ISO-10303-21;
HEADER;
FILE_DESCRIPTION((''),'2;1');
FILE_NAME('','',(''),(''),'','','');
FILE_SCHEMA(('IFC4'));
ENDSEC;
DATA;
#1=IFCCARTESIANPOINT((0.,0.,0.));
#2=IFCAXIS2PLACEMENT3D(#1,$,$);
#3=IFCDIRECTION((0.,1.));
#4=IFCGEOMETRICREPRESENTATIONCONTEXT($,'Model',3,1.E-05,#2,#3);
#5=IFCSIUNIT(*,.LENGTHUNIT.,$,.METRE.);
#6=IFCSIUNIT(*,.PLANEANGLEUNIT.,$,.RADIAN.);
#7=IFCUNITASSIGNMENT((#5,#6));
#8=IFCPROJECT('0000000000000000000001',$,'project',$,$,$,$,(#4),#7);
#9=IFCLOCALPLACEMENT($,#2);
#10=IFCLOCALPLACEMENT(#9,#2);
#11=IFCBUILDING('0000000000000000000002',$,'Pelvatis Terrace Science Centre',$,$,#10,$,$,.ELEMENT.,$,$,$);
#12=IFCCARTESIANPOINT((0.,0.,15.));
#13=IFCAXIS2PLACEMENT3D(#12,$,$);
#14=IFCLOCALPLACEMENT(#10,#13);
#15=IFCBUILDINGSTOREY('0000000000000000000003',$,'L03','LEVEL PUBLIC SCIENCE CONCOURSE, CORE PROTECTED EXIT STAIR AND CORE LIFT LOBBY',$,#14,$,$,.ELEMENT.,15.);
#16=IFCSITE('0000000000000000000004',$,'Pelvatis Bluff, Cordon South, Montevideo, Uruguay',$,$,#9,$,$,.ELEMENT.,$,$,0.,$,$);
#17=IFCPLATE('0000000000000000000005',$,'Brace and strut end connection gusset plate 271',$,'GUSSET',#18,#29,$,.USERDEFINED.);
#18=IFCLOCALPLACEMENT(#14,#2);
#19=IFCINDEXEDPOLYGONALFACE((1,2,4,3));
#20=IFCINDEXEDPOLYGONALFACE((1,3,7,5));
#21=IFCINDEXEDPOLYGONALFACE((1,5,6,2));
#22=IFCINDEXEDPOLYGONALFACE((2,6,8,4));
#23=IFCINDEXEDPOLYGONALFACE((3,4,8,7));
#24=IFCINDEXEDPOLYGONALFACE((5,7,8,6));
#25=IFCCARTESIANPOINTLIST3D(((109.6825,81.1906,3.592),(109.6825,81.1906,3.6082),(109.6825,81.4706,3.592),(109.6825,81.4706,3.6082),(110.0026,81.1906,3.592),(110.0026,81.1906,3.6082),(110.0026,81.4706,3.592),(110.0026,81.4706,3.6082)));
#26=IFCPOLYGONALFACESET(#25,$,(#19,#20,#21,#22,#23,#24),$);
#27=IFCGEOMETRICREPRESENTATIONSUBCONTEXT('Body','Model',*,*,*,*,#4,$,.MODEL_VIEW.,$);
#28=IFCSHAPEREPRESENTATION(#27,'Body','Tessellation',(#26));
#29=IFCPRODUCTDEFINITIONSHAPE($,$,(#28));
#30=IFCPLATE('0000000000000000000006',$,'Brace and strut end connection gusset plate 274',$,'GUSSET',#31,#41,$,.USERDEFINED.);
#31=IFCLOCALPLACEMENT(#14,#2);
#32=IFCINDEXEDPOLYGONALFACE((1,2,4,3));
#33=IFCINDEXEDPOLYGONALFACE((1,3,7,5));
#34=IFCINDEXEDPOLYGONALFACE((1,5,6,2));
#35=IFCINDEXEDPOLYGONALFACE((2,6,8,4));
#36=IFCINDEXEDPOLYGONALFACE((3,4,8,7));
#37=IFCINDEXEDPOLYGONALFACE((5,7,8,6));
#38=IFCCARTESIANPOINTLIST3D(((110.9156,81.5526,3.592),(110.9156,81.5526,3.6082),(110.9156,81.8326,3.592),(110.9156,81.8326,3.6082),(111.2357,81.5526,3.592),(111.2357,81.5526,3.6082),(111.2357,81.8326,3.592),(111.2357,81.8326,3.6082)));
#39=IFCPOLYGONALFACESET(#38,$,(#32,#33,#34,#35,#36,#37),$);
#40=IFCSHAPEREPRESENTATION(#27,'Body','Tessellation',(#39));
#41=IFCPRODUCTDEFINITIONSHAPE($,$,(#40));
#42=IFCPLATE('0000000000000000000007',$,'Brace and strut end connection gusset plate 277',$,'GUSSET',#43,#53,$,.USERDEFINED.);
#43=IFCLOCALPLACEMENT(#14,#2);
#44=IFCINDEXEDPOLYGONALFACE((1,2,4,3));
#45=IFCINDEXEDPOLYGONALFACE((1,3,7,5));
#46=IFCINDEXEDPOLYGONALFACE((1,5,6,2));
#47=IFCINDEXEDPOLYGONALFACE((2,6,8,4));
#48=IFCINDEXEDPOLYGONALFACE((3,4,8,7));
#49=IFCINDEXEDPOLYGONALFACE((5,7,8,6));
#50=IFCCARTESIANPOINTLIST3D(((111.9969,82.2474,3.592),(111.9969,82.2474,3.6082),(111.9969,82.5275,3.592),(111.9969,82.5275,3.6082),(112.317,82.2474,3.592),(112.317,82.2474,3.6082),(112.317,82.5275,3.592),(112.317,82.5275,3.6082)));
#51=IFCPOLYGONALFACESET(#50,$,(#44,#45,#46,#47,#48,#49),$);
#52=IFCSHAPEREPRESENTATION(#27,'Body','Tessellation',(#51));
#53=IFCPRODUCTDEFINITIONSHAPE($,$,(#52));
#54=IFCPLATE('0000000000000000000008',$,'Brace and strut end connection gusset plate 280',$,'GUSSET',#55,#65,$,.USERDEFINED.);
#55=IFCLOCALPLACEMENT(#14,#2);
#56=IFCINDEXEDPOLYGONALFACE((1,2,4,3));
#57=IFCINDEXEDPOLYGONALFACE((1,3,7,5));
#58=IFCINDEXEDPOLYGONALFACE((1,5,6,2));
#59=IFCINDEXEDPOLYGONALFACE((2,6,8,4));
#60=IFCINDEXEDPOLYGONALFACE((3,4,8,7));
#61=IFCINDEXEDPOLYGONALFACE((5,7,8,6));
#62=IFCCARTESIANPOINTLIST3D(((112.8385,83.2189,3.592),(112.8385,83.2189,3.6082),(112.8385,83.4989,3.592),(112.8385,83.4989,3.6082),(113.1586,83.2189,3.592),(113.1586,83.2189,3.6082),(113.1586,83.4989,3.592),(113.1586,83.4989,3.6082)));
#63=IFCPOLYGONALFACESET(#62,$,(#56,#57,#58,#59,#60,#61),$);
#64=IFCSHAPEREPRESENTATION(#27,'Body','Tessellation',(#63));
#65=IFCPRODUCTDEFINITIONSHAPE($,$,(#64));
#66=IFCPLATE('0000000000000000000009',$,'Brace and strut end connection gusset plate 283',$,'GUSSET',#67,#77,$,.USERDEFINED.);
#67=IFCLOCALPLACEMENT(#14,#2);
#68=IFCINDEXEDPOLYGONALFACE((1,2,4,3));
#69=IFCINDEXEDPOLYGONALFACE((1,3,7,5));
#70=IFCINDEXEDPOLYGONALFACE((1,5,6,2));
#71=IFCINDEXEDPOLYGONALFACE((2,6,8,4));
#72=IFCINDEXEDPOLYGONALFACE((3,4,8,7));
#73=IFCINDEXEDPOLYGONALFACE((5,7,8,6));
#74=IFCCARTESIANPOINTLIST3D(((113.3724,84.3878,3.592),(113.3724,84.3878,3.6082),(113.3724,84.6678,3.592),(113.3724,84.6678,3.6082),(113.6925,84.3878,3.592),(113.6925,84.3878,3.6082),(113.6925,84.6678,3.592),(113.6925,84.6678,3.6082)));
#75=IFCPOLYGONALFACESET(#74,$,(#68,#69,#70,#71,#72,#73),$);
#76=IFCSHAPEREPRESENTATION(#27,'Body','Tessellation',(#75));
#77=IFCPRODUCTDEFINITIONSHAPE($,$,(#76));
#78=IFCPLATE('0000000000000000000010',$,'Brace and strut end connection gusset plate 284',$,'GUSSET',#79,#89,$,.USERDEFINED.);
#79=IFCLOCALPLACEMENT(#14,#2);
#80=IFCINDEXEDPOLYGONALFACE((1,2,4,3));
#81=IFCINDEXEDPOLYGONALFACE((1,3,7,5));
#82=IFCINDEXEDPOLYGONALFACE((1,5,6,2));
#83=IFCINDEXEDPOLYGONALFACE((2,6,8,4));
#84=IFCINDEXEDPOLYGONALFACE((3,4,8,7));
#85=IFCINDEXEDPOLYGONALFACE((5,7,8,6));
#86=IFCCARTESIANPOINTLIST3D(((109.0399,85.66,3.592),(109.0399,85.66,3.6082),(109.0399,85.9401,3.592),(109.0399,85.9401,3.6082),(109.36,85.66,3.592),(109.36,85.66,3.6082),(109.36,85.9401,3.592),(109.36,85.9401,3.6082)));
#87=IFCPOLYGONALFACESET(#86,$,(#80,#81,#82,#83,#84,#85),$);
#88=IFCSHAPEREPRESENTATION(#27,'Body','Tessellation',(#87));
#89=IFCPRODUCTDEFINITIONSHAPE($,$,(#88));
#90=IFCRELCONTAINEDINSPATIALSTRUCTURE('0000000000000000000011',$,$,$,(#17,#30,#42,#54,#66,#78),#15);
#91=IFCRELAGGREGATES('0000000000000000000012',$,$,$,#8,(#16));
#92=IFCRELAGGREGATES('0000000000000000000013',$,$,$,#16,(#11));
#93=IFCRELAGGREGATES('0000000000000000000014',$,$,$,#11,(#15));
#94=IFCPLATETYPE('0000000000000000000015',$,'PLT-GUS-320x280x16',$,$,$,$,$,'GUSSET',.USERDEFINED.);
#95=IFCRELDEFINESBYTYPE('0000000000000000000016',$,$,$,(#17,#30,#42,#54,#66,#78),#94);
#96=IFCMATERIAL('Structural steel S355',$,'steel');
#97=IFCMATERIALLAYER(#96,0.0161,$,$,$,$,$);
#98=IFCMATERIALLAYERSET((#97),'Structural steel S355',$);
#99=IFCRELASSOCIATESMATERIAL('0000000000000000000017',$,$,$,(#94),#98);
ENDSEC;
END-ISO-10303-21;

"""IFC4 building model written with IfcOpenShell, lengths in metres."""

from ifc_helpers import new_model, si_unit, direction, frame, origin, origin_2d, place, context, subcontext, project, spatial, rectangle, extrude, material, layer, layer_set, type_object, element, save


model = new_model("IFC4")

# Units and contexts
model_context = context("Model", 3, precision=1e-05, world=origin(), true_north=direction((0.0, 1.0)))
body_context = subcontext(model_context, "Body", "Model", "MODEL_VIEW")
ifc_project = project(units=[si_unit("LENGTHUNIT", "METRE"), si_unit("PLANEANGLEUNIT", "RADIAN")], contexts=[model_context])

# Site, building, storey
site_placement = place(None, origin())
site = spatial("IfcSite", under=ifc_project, at=site_placement, Name="Pelvatis Bluff, Cordon South, Montevideo, Uruguay", CompositionType="ELEMENT", RefElevation=0.0)
building_placement = place(site_placement, origin())
building = spatial("IfcBuilding", under=site, at=building_placement, Name="Pelvatis Terrace Science Centre", CompositionType="ELEMENT")
storey_placement = place(building_placement, frame((0.0, 0.0, 15.0)))
storey = spatial("IfcBuildingStorey", under=building, at=storey_placement, Name="L03", Description="LEVEL PUBLIC SCIENCE CONCOURSE, CORE PROTECTED EXIT STAIR AND CORE LIFT LOBBY", CompositionType="ELEMENT", Elevation=15.0)

# Plates
ifc_material = material(Name="Structural steel S355", Category="steel")
ifc_layer = layer(ifc_material, 0.0161)
ifc_layer_set = layer_set([ifc_layer], Name="Structural steel S355")
plate_type = type_object("IfcPlateType", Name="PLT-GUS-320x280x16", ElementType="GUSSET", PredefinedType="USERDEFINED", material=ifc_layer_set)
for number, where, z_axis, x_axis, name in (
    (1, (109.8425, 81.3306, 3.592), (0.0, 0.0, 1.0), (1.0, 0.0, 0.0), "Brace and strut end connection gusset plate 271"),
    (2, (111.0757, 81.6926, 3.592), (0.0, 0.0, 1.0), (1.0, 0.0, 0.0), "Brace and strut end connection gusset plate 274"),
    (3, (112.157, 82.3875, 3.592), (0.0, 0.0, 1.0), (1.0, 0.0, 0.0), "Brace and strut end connection gusset plate 277"),
    (4, (112.9985, 83.3589, 3.592), (0.0, 0.0, 1.0), (1.0, 0.0, 0.0), "Brace and strut end connection gusset plate 280"),
    (5, (113.5325, 84.5278, 3.592), (0.0, 0.0, 1.0), (1.0, 0.0, 0.0), "Brace and strut end connection gusset plate 283"),
    (6, (109.2, 85.8, 3.592), (0.0, 0.0, 1.0), (1.0, 0.0, 0.0), "Brace and strut end connection gusset plate 284"),
):
    element("IfcPlate", number, at=place(storey_placement, frame(where, z_axis=z_axis, x_axis=x_axis)), inside=storey, type_object=plate_type, Name=name, ObjectType="GUSSET", PredefinedType="USERDEFINED", context=body_context, shape_type="SweptSolid", body=[
        extrude(rectangle(XDim=0.3201, YDim=0.28, at=origin_2d()), origin(), (0.0, 0.0, 1.0), 0.0161),
    ])

save(model, "model.ifc")
